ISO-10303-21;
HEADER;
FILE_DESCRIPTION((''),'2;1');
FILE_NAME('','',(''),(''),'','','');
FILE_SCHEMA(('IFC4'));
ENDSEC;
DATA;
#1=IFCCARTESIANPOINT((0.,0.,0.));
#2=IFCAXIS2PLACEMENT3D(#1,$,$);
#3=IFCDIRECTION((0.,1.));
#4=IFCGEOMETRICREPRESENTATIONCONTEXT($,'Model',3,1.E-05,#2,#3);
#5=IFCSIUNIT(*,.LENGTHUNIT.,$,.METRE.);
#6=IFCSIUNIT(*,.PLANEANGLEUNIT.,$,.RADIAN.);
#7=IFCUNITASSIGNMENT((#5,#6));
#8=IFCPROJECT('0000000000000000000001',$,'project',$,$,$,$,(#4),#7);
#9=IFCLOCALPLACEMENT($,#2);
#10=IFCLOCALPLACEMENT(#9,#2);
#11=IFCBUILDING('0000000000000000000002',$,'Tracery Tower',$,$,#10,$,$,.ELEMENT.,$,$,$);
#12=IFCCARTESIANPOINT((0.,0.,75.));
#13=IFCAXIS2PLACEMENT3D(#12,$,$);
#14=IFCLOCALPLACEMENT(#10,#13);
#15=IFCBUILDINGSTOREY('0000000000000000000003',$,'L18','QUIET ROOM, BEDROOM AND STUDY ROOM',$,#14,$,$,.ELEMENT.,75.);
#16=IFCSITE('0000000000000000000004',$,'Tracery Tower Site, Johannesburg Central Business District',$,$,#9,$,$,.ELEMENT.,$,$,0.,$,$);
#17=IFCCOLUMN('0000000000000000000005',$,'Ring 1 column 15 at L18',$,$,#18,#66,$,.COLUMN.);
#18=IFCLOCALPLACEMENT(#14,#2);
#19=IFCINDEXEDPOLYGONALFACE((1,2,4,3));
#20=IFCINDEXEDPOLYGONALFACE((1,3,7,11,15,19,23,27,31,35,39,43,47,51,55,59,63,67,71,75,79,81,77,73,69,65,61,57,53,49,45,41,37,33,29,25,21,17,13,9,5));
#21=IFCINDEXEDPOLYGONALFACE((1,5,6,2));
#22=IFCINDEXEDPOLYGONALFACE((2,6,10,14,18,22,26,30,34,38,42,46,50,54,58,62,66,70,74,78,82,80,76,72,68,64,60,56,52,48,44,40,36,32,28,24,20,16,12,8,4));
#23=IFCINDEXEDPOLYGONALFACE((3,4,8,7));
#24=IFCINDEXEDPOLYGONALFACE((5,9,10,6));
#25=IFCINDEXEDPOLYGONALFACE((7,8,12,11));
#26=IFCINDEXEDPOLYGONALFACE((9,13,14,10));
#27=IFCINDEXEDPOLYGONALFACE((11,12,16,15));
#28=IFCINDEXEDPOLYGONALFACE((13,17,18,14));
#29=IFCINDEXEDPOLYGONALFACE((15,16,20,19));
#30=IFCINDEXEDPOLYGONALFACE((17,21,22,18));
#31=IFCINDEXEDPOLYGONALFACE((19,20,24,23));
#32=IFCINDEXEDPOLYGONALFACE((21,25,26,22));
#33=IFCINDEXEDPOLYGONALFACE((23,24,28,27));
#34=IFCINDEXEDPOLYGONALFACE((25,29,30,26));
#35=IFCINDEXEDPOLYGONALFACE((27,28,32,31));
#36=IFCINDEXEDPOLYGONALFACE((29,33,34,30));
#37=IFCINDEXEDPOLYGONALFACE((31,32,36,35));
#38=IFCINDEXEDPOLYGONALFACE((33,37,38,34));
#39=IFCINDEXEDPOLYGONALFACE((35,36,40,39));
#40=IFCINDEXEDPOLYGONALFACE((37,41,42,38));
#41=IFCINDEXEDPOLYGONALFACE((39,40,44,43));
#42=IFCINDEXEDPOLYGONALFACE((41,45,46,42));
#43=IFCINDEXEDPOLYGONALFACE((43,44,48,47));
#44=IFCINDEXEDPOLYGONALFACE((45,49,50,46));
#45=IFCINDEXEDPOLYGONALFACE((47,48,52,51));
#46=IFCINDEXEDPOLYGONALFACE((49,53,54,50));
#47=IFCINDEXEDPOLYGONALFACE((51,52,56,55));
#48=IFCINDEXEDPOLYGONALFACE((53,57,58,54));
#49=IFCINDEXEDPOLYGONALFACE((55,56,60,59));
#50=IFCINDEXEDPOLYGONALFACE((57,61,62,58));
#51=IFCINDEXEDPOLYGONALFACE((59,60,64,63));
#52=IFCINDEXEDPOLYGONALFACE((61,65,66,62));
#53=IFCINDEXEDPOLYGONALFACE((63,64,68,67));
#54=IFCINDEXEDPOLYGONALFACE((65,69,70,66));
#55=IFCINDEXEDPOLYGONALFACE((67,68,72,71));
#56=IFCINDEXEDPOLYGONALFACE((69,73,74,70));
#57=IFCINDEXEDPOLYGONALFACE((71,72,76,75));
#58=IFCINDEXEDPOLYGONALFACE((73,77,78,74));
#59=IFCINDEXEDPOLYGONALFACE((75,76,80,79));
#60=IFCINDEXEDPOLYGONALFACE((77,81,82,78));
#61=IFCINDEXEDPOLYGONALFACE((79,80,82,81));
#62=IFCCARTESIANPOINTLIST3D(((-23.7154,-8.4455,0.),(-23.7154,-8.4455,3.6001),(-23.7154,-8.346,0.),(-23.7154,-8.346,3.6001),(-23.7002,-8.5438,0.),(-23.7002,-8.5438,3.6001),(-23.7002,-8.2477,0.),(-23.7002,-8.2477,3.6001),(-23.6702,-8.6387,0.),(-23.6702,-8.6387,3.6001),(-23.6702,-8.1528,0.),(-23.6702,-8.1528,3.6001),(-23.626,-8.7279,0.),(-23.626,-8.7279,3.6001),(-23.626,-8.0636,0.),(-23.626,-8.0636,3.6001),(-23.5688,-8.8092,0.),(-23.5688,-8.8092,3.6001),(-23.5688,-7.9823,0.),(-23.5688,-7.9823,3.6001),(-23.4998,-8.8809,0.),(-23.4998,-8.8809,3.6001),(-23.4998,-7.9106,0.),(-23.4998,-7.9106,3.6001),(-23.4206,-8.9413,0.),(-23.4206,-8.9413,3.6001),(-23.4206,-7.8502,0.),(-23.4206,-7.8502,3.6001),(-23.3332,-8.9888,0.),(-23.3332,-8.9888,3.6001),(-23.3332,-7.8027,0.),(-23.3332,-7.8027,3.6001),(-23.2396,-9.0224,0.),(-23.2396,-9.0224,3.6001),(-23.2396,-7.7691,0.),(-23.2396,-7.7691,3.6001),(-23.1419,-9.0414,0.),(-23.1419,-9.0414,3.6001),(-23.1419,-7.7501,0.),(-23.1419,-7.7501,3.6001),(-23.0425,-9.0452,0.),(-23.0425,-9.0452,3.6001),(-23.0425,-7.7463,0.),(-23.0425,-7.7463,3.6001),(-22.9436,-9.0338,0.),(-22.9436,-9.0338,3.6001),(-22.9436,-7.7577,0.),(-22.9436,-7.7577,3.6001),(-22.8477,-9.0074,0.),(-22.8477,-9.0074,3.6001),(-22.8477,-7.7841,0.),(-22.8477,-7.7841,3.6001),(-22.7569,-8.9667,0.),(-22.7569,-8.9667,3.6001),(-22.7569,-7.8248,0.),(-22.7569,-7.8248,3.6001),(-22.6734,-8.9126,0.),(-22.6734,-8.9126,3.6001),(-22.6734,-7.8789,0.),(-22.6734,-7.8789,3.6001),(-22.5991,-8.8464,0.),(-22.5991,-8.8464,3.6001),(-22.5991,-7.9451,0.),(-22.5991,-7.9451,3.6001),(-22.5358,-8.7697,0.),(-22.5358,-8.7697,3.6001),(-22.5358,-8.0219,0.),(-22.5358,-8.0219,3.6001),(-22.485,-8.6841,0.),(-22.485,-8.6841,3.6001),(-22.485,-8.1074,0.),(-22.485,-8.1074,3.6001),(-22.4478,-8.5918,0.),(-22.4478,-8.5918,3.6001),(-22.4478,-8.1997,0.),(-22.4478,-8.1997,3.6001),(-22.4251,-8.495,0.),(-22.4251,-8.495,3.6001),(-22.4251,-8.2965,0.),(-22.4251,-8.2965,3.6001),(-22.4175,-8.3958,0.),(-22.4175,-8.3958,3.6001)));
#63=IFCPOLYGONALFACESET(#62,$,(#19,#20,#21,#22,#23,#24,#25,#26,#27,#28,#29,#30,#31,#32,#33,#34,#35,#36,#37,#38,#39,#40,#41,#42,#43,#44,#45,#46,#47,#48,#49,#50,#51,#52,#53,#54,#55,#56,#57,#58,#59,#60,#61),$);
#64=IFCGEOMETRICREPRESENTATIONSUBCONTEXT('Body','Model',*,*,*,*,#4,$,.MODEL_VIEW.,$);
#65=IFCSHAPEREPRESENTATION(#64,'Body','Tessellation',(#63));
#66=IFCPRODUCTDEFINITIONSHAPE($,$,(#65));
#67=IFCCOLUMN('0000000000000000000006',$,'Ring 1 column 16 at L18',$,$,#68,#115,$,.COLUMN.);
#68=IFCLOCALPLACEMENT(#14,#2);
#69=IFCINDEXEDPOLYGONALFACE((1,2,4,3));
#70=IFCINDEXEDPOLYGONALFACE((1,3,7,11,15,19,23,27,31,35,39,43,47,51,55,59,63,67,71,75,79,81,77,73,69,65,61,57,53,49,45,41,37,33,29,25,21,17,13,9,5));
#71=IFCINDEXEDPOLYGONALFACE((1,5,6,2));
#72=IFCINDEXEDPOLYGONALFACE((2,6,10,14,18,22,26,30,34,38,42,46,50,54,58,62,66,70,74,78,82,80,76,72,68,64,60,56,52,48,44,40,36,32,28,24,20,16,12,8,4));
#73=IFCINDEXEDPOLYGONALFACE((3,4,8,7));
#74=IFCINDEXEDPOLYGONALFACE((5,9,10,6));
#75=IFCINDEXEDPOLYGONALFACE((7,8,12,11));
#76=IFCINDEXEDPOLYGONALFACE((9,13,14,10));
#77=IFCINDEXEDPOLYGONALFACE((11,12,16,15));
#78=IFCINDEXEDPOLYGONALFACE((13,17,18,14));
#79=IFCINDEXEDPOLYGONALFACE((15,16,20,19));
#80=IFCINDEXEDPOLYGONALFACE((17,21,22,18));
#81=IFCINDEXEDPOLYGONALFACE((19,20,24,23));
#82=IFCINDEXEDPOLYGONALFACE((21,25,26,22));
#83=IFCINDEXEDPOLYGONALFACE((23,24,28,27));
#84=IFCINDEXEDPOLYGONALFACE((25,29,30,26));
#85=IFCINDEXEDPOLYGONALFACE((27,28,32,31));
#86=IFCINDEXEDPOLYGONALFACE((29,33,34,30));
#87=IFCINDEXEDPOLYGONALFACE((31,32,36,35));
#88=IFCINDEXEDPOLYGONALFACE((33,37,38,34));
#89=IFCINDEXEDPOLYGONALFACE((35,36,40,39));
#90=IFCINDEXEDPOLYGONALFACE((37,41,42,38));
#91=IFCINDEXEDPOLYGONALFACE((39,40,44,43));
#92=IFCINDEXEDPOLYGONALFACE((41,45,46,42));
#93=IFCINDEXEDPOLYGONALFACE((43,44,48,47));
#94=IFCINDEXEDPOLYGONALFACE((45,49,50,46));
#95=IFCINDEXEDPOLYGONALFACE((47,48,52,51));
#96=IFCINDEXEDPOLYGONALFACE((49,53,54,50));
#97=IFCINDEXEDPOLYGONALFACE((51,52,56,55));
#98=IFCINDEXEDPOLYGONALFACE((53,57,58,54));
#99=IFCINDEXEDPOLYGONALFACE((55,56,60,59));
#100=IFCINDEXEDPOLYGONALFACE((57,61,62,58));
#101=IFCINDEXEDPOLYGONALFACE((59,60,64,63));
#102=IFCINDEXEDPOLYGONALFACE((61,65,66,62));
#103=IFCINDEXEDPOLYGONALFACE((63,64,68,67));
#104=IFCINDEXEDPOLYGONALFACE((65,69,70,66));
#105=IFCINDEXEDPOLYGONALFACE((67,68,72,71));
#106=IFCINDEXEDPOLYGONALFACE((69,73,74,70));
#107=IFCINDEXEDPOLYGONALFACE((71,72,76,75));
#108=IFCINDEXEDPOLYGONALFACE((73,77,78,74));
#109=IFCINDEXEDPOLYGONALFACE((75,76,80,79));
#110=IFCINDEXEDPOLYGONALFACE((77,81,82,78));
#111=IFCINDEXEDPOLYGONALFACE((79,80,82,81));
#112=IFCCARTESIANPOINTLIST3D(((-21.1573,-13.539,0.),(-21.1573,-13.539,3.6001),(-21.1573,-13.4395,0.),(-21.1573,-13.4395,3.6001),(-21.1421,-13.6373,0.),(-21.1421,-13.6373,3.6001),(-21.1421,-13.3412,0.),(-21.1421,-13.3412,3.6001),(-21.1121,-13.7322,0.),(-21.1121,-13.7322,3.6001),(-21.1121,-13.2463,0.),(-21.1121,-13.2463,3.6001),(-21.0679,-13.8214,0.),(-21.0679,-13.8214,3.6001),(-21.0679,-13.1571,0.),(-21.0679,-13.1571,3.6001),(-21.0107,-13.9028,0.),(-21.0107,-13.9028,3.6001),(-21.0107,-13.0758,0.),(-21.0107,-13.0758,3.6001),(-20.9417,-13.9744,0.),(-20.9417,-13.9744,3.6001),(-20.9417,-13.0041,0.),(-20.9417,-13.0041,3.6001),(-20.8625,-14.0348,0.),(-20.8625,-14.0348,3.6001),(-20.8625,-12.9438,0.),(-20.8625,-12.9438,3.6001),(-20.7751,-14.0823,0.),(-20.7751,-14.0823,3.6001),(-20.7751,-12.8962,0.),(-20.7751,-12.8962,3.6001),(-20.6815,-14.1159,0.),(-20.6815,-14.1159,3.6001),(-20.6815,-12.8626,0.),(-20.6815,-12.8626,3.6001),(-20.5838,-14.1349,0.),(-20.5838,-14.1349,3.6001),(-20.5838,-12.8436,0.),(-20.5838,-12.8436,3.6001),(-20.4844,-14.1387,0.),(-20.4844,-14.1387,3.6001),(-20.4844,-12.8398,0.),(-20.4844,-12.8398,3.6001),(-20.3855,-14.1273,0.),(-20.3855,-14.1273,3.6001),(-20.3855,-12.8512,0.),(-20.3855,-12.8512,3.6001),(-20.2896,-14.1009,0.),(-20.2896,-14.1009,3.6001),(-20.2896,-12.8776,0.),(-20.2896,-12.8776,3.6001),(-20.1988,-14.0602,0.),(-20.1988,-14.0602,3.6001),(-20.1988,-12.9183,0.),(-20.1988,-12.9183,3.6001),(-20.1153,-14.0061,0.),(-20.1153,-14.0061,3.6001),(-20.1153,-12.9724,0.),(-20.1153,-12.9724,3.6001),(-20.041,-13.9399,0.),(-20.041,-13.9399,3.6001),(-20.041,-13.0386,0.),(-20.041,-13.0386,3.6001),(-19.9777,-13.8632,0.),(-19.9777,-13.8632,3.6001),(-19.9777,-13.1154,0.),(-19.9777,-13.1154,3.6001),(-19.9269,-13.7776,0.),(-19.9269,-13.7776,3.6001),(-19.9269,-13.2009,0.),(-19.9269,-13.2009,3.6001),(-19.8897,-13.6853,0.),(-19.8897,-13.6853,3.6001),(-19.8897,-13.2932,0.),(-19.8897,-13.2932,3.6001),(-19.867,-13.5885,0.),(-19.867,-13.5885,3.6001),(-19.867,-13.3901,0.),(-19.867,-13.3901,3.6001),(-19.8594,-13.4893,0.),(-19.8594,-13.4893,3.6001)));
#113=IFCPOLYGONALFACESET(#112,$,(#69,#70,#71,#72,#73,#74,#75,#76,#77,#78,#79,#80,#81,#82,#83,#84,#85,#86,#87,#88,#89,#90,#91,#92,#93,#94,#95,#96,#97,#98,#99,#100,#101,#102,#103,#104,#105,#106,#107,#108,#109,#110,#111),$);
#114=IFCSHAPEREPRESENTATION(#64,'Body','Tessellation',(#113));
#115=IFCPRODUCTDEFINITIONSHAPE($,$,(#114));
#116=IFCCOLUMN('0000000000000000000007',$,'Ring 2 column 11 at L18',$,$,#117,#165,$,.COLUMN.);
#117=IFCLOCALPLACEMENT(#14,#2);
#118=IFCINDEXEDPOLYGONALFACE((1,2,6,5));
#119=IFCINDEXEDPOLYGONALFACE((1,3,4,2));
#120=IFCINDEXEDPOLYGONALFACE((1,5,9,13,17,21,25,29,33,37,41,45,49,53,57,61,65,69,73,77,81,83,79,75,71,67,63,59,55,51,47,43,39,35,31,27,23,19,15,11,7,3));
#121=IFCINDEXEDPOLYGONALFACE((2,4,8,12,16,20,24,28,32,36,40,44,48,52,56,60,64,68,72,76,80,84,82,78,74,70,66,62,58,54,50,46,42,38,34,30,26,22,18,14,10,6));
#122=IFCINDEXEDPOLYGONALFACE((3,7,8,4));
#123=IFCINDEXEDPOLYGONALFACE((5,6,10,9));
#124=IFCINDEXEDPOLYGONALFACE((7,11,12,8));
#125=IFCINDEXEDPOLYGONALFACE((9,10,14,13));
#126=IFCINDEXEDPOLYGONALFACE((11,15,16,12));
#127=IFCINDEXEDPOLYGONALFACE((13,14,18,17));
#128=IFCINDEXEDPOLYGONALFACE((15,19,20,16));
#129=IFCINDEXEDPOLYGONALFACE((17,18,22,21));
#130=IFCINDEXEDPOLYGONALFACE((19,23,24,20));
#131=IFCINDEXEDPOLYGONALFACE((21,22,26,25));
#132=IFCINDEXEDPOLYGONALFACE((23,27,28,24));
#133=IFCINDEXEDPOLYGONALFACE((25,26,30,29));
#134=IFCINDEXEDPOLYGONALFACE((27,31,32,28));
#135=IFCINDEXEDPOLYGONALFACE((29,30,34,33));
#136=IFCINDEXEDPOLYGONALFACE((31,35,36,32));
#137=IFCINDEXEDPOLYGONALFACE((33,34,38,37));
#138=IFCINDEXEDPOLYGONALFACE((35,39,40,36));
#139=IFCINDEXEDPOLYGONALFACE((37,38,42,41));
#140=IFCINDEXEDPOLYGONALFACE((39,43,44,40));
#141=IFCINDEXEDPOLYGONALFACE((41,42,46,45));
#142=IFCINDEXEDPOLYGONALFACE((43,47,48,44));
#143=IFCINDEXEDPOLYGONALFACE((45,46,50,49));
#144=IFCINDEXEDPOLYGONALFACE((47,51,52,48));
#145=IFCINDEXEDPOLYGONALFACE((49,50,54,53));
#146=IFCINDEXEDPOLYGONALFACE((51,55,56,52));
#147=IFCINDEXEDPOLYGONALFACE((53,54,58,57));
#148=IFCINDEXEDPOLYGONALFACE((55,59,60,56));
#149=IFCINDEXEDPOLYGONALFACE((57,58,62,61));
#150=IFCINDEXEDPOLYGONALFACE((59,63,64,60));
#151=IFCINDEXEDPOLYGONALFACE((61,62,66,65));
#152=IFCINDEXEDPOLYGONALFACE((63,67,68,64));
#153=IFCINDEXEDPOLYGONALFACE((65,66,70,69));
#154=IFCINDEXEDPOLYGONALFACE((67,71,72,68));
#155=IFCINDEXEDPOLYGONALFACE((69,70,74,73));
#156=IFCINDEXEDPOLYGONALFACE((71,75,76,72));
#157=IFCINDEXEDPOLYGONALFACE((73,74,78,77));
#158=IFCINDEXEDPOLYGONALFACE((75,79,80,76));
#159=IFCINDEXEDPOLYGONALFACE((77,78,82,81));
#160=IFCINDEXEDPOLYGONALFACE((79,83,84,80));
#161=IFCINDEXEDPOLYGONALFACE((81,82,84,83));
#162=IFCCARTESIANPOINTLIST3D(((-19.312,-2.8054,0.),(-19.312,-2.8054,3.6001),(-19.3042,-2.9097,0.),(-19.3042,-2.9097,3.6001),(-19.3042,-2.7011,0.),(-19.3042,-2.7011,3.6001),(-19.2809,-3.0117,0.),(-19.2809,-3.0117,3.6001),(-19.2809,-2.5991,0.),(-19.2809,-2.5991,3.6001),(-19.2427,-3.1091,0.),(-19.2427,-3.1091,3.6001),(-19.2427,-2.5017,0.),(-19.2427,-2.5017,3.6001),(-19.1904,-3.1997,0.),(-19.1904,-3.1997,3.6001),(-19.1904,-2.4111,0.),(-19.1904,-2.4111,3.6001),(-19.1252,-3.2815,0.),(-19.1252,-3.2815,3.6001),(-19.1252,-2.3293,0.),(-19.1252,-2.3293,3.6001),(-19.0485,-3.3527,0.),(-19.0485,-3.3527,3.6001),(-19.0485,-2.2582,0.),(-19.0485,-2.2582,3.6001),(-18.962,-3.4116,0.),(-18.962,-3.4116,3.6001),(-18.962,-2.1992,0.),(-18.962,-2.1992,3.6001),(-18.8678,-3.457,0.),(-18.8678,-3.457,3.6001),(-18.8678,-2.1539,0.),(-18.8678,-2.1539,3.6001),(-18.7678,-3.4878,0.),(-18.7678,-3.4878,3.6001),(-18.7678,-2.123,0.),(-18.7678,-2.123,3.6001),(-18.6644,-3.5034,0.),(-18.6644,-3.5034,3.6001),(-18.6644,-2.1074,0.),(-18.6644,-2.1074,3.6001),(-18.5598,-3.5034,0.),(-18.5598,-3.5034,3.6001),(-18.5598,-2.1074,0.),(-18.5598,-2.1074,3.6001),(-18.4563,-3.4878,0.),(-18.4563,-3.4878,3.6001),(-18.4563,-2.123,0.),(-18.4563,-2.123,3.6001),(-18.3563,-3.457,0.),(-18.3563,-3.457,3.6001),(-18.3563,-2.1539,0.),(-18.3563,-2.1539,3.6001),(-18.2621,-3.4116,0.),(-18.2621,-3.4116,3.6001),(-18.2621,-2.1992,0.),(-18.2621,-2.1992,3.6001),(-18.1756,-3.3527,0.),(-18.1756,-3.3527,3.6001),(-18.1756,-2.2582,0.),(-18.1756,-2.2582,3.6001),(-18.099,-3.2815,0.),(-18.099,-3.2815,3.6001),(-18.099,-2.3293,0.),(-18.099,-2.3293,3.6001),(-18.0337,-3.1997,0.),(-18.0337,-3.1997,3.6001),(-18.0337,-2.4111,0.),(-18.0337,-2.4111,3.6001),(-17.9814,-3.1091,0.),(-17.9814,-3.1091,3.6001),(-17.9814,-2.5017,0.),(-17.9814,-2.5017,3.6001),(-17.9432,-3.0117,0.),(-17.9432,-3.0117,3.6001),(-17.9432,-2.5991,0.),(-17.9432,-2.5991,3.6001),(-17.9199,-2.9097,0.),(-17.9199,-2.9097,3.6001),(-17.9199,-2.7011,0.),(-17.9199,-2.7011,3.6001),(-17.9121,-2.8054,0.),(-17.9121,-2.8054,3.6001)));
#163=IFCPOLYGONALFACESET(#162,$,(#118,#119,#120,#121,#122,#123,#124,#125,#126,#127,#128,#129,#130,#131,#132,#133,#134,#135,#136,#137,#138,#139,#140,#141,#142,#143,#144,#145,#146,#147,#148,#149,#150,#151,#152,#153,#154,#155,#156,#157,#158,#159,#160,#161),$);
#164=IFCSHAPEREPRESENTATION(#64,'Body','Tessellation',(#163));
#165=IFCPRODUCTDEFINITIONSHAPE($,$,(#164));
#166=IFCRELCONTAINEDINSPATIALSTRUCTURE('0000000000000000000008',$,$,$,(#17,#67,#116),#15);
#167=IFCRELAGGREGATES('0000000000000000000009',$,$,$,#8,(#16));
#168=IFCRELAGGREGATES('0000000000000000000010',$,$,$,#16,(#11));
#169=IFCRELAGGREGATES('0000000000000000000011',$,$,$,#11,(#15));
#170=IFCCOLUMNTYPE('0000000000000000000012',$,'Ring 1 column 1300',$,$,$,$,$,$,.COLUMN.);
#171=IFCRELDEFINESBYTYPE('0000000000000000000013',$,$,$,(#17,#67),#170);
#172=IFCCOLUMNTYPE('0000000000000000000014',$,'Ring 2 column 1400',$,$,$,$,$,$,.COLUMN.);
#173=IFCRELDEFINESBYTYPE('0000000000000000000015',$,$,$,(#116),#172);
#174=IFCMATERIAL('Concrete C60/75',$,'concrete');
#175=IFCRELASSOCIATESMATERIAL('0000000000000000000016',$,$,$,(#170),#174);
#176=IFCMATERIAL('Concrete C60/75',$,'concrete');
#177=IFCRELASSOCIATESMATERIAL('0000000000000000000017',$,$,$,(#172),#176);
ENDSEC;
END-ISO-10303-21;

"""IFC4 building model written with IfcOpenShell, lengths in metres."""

from ifc_helpers import new_model, si_unit, direction, frame, origin, origin_2d, place, context, subcontext, project, spatial, circle, extrude, material, material_profile, profile_set, type_object, element, save


model = new_model("IFC4")

# Units and contexts
model_context = context("Model", 3, precision=1e-05, world=origin(), true_north=direction((0.0, 1.0)))
body_context = subcontext(model_context, "Body", "Model", "MODEL_VIEW")
ifc_project = project(units=[si_unit("LENGTHUNIT", "METRE"), si_unit("PLANEANGLEUNIT", "RADIAN")], contexts=[model_context])

# Site, building, storey
site_placement = place(None, origin())
site = spatial("IfcSite", under=ifc_project, at=site_placement, Name="Tracery Tower Site, Johannesburg Central Business District", CompositionType="ELEMENT", RefElevation=0.0)
building_placement = place(site_placement, origin())
building = spatial("IfcBuilding", under=site, at=building_placement, Name="Tracery Tower", CompositionType="ELEMENT")
storey_placement = place(building_placement, frame((0.0, 0.0, 75.0)))
storey = spatial("IfcBuildingStorey", under=building, at=storey_placement, Name="L18", Description="QUIET ROOM, BEDROOM AND STUDY ROOM", CompositionType="ELEMENT", Elevation=75.0)

# Columns
ifc_material_1 = material(Name="Concrete C60/75", Category="concrete")
ifc_material_profile_1 = material_profile(ifc_material_1, circle(Radius=0.6499, at=origin_2d()), Name="RC D1300")
ifc_profile_set_1 = profile_set([ifc_material_profile_1], Name="Concrete C60/75")
column_type_1 = type_object("IfcColumnType", Name="Ring 1 column 1300", PredefinedType="COLUMN", material=ifc_profile_set_1)
for number, where, z_axis, x_axis, name in (
    (1, (-23.0674, -8.3958, 0.0), (0.0, 0.0, 1.0), (1.0, 0.0, 0.0), "Ring 1 column 15 at L18"),
    (2, (-20.5093, -13.4893, 0.0), (0.0, 0.0, 1.0), (1.0, 0.0, 0.0), "Ring 1 column 16 at L18"),
):
    element("IfcColumn", number, at=place(storey_placement, frame(where, z_axis=z_axis, x_axis=x_axis)), inside=storey, type_object=column_type_1, Name=name, PredefinedType="COLUMN", context=body_context, shape_type="SweptSolid", body=[
        extrude(circle(Radius=0.6499, at=origin_2d()), origin(), (0.0, 0.0, 1.0), 3.6001),
    ])
ifc_material_2 = material(Name="Concrete C60/75", Category="concrete")
ifc_material_profile_2 = material_profile(ifc_material_2, circle(Radius=0.7, at=origin_2d()), Name="RC D1400")
ifc_profile_set_2 = profile_set([ifc_material_profile_2], Name="Concrete C60/75")
column_type_2 = type_object("IfcColumnType", Name="Ring 2 column 1400", PredefinedType="COLUMN", material=ifc_profile_set_2)
for number, where, z_axis, x_axis, name in (
    (3, (-18.6121, -2.8054, 0.0), (0.0, 0.0, 1.0), (1.0, 0.0, 0.0), "Ring 2 column 11 at L18"),
):
    element("IfcColumn", number, at=place(storey_placement, frame(where, z_axis=z_axis, x_axis=x_axis)), inside=storey, type_object=column_type_2, Name=name, PredefinedType="COLUMN", context=body_context, shape_type="SweptSolid", body=[
        extrude(circle(Radius=0.7, at=origin_2d()), origin(), (0.0, 0.0, 1.0), 3.6001),
    ])

save(model, "model.ifc")
